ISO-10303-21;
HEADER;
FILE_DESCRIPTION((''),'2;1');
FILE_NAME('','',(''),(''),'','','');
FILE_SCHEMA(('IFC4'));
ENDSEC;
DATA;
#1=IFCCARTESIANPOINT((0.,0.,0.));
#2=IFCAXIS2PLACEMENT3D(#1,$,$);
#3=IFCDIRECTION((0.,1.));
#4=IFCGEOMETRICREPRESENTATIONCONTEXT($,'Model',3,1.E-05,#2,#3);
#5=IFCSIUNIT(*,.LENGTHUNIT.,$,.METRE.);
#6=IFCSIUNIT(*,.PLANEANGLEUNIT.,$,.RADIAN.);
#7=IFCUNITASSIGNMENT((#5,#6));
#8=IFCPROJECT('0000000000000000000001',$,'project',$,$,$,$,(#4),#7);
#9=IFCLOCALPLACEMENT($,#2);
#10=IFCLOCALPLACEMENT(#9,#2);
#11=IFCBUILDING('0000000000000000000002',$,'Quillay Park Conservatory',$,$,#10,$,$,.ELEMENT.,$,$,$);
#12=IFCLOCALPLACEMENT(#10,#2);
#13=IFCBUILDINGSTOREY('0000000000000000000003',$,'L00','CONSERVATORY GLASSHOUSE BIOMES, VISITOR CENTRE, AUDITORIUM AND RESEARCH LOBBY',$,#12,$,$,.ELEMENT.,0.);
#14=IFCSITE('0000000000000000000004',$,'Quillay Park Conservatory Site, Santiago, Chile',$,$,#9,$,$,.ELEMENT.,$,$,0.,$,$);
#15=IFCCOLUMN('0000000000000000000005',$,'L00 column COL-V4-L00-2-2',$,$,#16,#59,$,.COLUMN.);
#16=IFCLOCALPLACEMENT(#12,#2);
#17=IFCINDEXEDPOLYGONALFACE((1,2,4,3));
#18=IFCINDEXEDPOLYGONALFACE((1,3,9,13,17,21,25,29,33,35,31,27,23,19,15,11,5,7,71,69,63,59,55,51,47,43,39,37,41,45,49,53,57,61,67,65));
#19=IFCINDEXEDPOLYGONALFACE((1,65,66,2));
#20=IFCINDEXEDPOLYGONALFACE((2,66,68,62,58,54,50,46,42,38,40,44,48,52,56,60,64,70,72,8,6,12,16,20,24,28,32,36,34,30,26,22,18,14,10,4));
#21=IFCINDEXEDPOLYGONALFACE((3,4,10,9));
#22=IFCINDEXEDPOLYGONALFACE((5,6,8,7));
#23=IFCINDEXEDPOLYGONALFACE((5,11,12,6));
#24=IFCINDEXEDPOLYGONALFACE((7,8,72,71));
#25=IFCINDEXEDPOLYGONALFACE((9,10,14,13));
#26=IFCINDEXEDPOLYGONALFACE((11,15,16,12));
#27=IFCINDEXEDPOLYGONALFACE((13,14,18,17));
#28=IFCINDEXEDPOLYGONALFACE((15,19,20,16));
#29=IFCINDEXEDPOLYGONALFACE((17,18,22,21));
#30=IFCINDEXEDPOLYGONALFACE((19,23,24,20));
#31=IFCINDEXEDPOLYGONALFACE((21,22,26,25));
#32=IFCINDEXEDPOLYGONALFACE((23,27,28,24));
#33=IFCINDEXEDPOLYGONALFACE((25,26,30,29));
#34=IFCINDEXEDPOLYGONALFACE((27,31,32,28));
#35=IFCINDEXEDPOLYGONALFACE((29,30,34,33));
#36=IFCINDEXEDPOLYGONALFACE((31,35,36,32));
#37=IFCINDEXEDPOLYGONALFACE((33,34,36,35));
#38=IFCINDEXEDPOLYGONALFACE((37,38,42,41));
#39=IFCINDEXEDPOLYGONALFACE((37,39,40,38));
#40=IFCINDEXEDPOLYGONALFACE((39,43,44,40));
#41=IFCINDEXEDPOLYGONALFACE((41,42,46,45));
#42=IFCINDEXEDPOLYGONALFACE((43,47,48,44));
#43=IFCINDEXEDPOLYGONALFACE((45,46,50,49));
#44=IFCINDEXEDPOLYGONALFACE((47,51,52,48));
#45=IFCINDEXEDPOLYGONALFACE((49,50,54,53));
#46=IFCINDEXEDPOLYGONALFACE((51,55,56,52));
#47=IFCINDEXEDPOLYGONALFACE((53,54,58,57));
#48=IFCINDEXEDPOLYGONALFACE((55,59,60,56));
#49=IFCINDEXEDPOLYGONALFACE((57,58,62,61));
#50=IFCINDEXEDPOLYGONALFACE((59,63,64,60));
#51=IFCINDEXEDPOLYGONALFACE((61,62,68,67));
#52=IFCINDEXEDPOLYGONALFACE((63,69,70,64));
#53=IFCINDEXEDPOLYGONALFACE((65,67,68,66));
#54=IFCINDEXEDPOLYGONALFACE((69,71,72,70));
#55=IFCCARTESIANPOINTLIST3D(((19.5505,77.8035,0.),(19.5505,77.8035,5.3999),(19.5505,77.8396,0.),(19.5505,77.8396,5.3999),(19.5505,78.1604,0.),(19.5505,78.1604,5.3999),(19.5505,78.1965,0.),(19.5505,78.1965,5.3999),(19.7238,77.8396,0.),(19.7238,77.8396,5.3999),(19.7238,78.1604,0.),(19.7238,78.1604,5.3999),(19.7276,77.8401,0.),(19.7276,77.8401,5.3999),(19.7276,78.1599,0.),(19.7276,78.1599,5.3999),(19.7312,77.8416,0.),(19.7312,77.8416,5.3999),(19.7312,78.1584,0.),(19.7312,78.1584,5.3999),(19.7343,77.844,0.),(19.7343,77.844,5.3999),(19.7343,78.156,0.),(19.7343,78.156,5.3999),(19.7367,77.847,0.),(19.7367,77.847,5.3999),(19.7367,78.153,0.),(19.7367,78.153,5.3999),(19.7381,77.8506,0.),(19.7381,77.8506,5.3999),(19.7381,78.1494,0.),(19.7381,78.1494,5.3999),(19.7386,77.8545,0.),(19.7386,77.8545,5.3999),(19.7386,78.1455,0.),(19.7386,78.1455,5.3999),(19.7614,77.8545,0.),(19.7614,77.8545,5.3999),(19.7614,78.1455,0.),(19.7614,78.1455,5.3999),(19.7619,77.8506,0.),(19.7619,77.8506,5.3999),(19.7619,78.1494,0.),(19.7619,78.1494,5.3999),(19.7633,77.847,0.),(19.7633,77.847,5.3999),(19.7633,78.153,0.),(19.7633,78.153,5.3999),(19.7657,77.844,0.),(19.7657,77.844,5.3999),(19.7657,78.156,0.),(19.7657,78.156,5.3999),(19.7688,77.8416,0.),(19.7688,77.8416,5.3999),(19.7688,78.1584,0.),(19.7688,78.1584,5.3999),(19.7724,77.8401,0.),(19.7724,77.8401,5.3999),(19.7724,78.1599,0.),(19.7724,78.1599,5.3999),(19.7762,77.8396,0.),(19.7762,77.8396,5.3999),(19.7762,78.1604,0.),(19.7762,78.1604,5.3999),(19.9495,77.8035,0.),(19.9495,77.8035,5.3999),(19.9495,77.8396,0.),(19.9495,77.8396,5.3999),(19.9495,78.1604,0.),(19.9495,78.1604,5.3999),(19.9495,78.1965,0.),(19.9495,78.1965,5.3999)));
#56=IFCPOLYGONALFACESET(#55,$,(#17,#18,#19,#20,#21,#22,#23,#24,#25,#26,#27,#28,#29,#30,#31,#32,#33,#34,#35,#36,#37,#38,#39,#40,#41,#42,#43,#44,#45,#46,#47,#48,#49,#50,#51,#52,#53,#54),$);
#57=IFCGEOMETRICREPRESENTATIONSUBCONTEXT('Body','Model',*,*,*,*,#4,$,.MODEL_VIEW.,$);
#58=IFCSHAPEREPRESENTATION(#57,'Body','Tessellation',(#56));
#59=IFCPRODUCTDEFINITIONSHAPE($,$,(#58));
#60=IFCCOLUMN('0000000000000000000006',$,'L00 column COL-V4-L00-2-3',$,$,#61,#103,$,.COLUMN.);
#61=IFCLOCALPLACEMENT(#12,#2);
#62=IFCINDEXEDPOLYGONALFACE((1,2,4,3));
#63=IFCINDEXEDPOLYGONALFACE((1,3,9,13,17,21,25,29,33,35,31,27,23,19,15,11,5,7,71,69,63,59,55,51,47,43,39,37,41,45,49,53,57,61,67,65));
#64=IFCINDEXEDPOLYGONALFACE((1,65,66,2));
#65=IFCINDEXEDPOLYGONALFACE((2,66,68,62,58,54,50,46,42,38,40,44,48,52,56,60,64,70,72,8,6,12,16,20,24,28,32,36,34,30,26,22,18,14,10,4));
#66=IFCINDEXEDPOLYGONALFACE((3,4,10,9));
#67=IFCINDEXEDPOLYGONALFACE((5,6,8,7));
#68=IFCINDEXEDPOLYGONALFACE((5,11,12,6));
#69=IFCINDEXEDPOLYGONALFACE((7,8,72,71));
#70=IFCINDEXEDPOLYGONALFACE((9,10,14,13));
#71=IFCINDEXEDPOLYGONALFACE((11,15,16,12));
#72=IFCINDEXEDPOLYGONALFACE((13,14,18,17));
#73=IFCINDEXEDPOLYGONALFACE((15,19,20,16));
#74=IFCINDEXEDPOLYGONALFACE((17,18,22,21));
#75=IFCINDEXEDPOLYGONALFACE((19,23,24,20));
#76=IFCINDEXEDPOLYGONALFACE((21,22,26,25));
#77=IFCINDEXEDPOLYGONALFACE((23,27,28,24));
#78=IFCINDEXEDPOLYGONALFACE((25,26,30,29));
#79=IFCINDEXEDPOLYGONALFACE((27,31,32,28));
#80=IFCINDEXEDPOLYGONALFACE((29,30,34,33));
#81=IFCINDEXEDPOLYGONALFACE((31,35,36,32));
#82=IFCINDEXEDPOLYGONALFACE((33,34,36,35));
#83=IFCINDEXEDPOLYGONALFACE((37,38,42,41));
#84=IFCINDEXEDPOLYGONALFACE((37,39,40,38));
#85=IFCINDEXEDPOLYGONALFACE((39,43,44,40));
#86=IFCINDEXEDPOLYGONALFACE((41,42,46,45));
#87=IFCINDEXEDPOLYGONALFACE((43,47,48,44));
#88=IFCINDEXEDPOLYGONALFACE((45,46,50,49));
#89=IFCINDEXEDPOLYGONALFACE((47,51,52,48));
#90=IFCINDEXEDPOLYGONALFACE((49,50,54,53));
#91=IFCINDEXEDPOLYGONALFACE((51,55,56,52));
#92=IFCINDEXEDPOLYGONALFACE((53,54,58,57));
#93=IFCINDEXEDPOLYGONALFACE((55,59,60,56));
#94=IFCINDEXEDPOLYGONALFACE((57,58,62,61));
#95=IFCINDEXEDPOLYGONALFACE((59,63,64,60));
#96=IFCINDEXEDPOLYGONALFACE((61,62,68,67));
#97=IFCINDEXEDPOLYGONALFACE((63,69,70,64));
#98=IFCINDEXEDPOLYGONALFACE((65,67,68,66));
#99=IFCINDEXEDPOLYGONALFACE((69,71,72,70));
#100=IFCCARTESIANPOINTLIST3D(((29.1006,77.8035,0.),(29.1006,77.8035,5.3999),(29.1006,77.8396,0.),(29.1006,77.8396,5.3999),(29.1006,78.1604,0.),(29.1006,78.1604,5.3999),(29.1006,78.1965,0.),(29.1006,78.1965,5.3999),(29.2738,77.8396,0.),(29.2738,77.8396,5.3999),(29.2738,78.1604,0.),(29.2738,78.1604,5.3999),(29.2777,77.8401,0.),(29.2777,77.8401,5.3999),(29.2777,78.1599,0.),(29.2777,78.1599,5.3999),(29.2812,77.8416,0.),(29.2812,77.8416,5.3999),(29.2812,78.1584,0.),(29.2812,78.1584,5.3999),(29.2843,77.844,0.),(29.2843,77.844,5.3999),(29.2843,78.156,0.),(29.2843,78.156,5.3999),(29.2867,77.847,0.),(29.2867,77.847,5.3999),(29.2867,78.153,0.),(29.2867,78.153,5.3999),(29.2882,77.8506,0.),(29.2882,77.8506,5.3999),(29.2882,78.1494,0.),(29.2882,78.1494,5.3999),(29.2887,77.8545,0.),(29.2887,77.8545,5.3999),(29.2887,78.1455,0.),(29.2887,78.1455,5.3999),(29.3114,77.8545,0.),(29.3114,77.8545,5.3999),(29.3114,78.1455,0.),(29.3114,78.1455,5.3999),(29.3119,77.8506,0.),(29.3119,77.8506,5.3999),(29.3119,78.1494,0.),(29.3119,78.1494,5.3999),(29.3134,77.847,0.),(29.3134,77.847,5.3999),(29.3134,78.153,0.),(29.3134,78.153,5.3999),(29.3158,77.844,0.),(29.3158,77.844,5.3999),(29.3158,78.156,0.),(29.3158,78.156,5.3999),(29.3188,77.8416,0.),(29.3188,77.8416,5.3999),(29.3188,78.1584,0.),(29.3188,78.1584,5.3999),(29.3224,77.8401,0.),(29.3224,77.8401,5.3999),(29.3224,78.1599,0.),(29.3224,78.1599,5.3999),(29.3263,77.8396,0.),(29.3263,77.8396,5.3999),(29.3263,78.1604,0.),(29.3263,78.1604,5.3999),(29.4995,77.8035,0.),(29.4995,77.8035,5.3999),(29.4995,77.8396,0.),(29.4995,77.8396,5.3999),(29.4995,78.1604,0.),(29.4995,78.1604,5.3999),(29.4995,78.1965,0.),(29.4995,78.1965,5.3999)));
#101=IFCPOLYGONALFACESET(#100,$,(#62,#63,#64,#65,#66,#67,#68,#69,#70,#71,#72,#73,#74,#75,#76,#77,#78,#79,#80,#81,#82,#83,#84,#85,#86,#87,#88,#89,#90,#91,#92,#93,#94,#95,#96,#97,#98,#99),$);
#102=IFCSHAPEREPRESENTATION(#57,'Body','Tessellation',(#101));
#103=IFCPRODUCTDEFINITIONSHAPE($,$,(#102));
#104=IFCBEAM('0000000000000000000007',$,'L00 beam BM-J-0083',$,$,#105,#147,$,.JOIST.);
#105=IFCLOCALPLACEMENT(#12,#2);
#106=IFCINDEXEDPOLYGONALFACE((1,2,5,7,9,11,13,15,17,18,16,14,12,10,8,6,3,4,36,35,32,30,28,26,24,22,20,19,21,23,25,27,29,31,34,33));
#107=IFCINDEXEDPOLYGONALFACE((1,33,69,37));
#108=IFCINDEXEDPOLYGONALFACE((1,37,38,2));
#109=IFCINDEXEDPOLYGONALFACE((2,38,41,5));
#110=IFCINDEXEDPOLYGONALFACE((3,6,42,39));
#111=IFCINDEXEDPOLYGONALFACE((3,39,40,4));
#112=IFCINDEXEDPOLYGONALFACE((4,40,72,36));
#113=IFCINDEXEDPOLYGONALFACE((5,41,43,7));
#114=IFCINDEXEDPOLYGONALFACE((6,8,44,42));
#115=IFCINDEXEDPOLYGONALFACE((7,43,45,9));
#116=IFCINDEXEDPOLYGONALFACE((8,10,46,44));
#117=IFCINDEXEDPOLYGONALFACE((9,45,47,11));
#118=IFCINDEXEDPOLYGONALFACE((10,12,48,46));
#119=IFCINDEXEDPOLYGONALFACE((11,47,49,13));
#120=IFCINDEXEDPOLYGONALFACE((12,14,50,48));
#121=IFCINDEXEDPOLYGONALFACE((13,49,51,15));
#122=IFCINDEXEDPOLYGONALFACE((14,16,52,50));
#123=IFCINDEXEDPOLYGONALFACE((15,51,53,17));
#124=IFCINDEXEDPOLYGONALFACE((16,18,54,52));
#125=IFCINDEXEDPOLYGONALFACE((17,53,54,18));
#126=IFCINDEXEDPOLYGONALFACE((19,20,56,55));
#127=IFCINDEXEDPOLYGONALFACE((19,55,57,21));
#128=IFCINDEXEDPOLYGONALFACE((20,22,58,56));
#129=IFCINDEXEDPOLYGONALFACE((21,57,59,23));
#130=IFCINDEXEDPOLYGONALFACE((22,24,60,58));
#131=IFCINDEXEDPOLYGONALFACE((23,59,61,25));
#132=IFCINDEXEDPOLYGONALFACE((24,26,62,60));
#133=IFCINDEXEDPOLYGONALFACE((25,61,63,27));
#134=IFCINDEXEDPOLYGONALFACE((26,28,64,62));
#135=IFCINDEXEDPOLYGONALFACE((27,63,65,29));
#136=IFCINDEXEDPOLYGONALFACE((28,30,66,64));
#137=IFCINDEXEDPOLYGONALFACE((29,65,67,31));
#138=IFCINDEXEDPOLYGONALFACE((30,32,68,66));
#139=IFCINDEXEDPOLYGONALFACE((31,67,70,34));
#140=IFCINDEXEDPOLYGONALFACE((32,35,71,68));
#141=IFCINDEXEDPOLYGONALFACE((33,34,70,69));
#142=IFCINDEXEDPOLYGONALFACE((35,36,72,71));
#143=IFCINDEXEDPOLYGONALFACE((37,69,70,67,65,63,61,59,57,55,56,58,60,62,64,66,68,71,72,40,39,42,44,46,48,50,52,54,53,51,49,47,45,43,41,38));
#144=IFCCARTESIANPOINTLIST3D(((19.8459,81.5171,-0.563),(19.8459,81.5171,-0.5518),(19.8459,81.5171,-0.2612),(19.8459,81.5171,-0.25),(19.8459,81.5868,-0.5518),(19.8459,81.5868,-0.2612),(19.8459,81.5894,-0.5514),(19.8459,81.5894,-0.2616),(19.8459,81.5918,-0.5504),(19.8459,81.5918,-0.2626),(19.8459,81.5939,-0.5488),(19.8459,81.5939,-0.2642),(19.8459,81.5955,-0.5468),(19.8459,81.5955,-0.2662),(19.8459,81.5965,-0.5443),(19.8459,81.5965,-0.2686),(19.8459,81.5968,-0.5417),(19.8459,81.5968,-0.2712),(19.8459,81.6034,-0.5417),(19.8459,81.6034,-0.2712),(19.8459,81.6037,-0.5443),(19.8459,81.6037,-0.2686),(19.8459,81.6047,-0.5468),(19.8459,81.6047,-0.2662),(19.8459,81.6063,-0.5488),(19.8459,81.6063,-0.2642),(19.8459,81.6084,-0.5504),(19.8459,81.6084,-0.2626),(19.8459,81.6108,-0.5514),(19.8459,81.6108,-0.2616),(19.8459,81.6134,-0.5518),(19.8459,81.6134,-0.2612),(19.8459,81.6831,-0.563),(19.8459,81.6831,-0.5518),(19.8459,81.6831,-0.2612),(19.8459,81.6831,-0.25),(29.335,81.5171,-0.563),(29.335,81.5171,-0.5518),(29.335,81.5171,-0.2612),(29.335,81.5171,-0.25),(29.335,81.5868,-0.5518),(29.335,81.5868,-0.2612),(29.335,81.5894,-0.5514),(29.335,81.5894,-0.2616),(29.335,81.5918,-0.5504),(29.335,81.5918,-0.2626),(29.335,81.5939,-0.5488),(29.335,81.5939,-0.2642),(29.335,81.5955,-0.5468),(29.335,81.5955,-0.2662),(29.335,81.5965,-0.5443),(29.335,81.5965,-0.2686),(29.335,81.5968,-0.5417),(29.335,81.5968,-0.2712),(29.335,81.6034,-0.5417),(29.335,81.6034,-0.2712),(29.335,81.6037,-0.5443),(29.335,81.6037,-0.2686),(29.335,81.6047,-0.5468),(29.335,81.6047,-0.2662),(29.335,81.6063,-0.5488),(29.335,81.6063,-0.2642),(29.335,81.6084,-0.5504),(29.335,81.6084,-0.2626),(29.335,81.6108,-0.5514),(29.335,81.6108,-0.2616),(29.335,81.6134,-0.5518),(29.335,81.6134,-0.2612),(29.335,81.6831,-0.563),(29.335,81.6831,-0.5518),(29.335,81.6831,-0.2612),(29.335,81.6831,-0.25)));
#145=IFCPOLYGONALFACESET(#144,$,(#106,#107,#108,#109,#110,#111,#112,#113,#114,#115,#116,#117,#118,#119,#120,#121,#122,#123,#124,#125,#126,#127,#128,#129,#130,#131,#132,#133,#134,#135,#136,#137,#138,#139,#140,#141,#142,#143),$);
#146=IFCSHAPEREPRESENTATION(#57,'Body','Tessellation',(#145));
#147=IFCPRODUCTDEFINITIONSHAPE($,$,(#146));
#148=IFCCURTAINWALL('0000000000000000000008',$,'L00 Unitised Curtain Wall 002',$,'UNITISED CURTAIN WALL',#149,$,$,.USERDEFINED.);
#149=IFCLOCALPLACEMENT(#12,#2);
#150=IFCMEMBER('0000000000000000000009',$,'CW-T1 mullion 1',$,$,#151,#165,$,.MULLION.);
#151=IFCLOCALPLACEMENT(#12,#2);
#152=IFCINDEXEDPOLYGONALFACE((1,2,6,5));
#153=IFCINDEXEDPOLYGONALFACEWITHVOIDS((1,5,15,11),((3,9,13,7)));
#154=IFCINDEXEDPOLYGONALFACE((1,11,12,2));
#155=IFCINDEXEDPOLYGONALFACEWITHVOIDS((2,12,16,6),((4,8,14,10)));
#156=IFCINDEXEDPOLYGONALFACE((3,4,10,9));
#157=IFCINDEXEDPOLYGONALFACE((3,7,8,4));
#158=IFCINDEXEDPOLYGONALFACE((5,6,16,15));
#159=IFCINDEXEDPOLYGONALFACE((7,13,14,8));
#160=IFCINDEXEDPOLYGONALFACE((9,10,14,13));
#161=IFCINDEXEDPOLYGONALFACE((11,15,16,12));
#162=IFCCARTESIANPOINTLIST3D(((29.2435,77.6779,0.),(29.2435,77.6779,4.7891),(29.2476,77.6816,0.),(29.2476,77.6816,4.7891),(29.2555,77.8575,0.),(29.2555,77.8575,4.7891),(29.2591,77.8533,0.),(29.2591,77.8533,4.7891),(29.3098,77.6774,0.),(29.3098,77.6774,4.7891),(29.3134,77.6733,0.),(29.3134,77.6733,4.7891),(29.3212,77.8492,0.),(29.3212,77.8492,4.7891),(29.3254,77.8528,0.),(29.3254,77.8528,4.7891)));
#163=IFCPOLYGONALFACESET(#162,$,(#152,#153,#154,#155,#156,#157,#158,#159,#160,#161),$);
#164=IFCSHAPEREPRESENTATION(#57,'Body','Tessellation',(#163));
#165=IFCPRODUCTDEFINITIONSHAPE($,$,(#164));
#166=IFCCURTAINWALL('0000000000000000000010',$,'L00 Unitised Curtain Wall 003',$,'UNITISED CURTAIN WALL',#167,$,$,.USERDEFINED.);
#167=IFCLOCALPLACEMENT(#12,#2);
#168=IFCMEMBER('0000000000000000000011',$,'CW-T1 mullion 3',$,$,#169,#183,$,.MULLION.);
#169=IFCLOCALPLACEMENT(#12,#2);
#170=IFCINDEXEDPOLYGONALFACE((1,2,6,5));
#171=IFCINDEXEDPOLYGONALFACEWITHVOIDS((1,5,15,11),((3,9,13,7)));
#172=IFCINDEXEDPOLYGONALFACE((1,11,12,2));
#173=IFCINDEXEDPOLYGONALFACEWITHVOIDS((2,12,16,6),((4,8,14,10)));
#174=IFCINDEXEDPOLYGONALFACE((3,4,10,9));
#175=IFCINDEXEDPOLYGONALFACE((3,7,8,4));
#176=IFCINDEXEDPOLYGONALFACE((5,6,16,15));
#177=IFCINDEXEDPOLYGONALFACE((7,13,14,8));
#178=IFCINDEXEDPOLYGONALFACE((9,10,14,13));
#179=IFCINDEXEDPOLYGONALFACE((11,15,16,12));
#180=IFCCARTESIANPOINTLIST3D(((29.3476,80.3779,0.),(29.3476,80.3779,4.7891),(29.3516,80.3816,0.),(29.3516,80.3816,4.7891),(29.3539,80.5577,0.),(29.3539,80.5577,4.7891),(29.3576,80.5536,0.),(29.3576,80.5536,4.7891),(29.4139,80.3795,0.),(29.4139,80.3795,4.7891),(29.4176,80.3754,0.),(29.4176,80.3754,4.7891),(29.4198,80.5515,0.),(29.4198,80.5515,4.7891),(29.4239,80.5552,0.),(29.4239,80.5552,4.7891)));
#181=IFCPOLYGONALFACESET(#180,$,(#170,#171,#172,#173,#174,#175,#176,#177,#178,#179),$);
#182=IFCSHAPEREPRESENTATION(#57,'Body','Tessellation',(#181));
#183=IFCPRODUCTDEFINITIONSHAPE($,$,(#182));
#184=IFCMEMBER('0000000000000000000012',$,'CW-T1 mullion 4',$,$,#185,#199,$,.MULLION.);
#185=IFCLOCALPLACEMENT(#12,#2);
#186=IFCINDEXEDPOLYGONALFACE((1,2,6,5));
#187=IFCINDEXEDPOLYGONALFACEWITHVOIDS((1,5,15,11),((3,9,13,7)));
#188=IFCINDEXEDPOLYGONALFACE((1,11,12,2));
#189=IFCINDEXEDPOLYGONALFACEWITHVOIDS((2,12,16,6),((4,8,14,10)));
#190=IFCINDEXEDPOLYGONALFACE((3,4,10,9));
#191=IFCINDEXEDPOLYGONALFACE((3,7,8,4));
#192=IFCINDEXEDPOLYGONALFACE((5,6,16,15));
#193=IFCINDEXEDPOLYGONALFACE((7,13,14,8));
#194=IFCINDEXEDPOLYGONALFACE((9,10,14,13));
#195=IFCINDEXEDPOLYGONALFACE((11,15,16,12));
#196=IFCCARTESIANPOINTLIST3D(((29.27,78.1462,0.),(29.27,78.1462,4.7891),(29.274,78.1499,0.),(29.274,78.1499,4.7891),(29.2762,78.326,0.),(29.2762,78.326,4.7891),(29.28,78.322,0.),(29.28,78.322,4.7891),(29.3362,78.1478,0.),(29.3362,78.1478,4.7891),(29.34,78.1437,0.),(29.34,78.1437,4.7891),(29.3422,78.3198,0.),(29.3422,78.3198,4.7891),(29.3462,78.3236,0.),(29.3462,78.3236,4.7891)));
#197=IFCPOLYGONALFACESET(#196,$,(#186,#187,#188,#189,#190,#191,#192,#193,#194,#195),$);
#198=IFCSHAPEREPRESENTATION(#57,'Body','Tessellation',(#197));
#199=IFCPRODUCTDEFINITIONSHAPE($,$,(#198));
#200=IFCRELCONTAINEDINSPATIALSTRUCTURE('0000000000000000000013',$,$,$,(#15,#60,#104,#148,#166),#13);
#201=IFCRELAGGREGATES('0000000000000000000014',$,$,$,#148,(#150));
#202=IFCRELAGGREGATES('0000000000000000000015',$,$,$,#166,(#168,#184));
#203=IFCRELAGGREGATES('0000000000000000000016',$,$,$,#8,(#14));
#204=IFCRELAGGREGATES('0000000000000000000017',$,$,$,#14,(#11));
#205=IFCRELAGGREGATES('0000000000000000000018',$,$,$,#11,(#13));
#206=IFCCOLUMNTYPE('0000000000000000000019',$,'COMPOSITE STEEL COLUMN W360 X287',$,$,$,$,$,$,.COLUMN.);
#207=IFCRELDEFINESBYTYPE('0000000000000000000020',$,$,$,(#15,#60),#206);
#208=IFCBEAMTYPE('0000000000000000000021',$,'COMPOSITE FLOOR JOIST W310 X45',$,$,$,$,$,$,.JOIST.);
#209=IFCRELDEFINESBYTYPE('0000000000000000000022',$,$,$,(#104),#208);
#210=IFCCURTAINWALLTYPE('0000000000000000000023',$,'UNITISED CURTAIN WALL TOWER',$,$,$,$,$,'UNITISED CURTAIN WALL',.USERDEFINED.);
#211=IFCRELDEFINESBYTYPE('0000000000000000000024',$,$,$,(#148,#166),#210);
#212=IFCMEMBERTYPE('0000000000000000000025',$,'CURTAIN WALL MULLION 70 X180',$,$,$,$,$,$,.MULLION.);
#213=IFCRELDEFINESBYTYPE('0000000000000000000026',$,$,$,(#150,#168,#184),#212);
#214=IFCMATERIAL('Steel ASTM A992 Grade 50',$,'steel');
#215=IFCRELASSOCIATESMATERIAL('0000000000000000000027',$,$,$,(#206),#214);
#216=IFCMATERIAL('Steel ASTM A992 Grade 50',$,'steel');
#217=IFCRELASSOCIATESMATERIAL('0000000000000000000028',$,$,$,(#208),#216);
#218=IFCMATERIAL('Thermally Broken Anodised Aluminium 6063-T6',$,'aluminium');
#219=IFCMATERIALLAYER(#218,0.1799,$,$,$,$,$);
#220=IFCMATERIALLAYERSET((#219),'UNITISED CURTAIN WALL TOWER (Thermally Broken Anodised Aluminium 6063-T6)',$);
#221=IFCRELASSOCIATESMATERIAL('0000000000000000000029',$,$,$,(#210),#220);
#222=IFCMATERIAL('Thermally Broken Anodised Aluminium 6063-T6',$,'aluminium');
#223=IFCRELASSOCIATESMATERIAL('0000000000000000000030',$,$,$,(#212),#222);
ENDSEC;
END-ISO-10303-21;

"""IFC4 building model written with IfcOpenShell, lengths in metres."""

from ifc_helpers import new_model, si_unit, direction, frame, origin, origin_2d, place, context, subcontext, project, spatial, hollow_rectangle, i_section, extrude, material, layer, layer_set, material_profile, profile_set, type_object, element, aggregate, save


model = new_model("IFC4")

# Units and contexts
model_context = context("Model", 3, precision=1e-05, world=origin(), true_north=direction((0.0, 1.0)))
body_context = subcontext(model_context, "Body", "Model", "MODEL_VIEW")
ifc_project = project(units=[si_unit("LENGTHUNIT", "METRE"), si_unit("PLANEANGLEUNIT", "RADIAN")], contexts=[model_context])

# Site, building, storey
site_placement = place(None, origin())
site = spatial("IfcSite", under=ifc_project, at=site_placement, Name="Quillay Park Conservatory Site, Santiago, Chile", CompositionType="ELEMENT", RefElevation=0.0)
building_placement = place(site_placement, origin())
building = spatial("IfcBuilding", under=site, at=building_placement, Name="Quillay Park Conservatory", CompositionType="ELEMENT")
storey_placement = place(building_placement, origin())
storey = spatial("IfcBuildingStorey", under=building, at=storey_placement, Name="L00", Description="CONSERVATORY GLASSHOUSE BIOMES, VISITOR CENTRE, AUDITORIUM AND RESEARCH LOBBY", CompositionType="ELEMENT", Elevation=0.0)

# Columns
ifc_material_1 = material(Name="Steel ASTM A992 Grade 50", Category="steel")
ifc_material_profile_1 = material_profile(ifc_material_1, i_section(OverallWidth=0.3989, OverallDepth=0.3931, WebThickness=0.0227, FlangeThickness=0.0361, FilletRadius=0.0149, at=origin_2d()), Name="W360x287")
ifc_profile_set_1 = profile_set([ifc_material_profile_1], Name="Steel ASTM A992 Grade 50")
column_type = type_object("IfcColumnType", Name="COMPOSITE STEEL COLUMN W360 X287", PredefinedType="COLUMN", material=ifc_profile_set_1)
for number, where, z_axis, x_axis, name in (
    (1, (19.75, 78.0, 0.0), (0.0, 0.0, 1.0), (1.0, 0.0, 0.0), "L00 column COL-V4-L00-2-2"),
    (2, (29.3, 78.0, 0.0), (0.0, 0.0, 1.0), (1.0, 0.0, 0.0), "L00 column COL-V4-L00-2-3"),
):
    element("IfcColumn", number, at=place(storey_placement, frame(where, z_axis=z_axis, x_axis=x_axis)), inside=storey, type_object=column_type, Name=name, PredefinedType="COLUMN", context=body_context, shape_type="SweptSolid", body=[
        extrude(i_section(OverallWidth=0.3989, OverallDepth=0.3931, WebThickness=0.0227, FlangeThickness=0.0361, FilletRadius=0.0149, at=origin_2d()), origin(), (0.0, 0.0, 1.0), 5.3999),
    ])

# Beam
ifc_material_2 = material(Name="Steel ASTM A992 Grade 50", Category="steel")
ifc_material_profile_2 = material_profile(ifc_material_2, i_section(OverallWidth=0.166, OverallDepth=0.313, WebThickness=0.0066, FlangeThickness=0.0112, FilletRadius=0.01, at=origin_2d()), Name="W310x45")
ifc_profile_set_2 = profile_set([ifc_material_profile_2], Name="Steel ASTM A992 Grade 50")
beam_type_1 = type_object("IfcBeamType", Name="COMPOSITE FLOOR JOIST W310 X45", PredefinedType="JOIST", material=ifc_profile_set_2)
beam_1_placement = place(storey_placement, frame((19.8459, 81.6001, -0.4065), z_axis=(1.0, 0.0, 0.0), x_axis=(0.0, 1.0, 0.0)))
element("IfcBeam", 3, at=beam_1_placement, inside=storey, type_object=beam_type_1, Name="L00 beam BM-J-0083", PredefinedType="JOIST", context=body_context, shape_type="SweptSolid", body=[
    extrude(i_section(OverallWidth=0.166, OverallDepth=0.313, WebThickness=0.0066, FlangeThickness=0.0112, FilletRadius=0.01, at=origin_2d()), origin(), (0.0, 0.0, 1.0), 9.489),
])

# Curtain wall, member
ifc_material_3 = material(Name="Thermally Broken Anodised Aluminium 6063-T6", Category="aluminium")
ifc_layer_1 = layer(ifc_material_3, 0.1799)
ifc_layer_set_1 = layer_set([ifc_layer_1], Name="UNITISED CURTAIN WALL TOWER (Thermally Broken Anodised Aluminium 6063-T6)")
curtain_wall_type = type_object("IfcCurtainWallType", Name="UNITISED CURTAIN WALL TOWER", ElementType="UNITISED CURTAIN WALL", PredefinedType="USERDEFINED", material=ifc_layer_set_1)
curtain_wall_1_placement = place(storey_placement, origin())
curtain_wall_1 = element("IfcCurtainWall", 4, at=curtain_wall_1_placement, inside=storey, type_object=curtain_wall_type, Name="L00 Unitised Curtain Wall 002", ObjectType="UNITISED CURTAIN WALL", PredefinedType="USERDEFINED")
ifc_material_4 = material(Name="Thermally Broken Anodised Aluminium 6063-T6", Category="aluminium")
ifc_material_profile_3 = material_profile(ifc_material_4, hollow_rectangle(XDim=0.0701, YDim=0.1799, WallThickness=0.0039, at=origin_2d()), Name="AL70x180x4")
ifc_profile_set_3 = profile_set([ifc_material_profile_3], Name="Thermally Broken Anodised Aluminium 6063-T6")
member_type_1 = type_object("IfcMemberType", Name="CURTAIN WALL MULLION 70 X180", PredefinedType="MULLION", material=ifc_profile_set_3)
member_1_placement = place(storey_placement, frame((29.2844, 77.7654, 0.0), z_axis=(0.0, 0.0, 1.0), x_axis=(0.997785, -0.066521, 0.0)))
member_1 = element("IfcMember", 5, at=member_1_placement, type_object=member_type_1, Name="CW-T1 mullion 1", PredefinedType="MULLION", context=body_context, shape_type="SweptSolid", body=[
    extrude(hollow_rectangle(XDim=0.0701, YDim=0.1799, WallThickness=0.0039, at=origin_2d()), origin(), (0.0, 0.0, 1.0), 4.7891),
])
aggregate(curtain_wall_1, [member_1])

# Curtain wall, members
curtain_wall_2_placement = place(storey_placement, origin())
curtain_wall_2 = element("IfcCurtainWall", 6, at=curtain_wall_2_placement, inside=storey, type_object=curtain_wall_type, Name="L00 Unitised Curtain Wall 003", ObjectType="UNITISED CURTAIN WALL", PredefinedType="USERDEFINED")
member_2_placement = place(storey_placement, frame((29.3857, 80.4666, 0.0), z_axis=(0.0, 0.0, 1.0), x_axis=(0.999397, -0.034713, 0.0)))
member_2 = element("IfcMember", 7, at=member_2_placement, type_object=member_type_1, Name="CW-T1 mullion 3", PredefinedType="MULLION", context=body_context, shape_type="SweptSolid", body=[
    extrude(hollow_rectangle(XDim=0.0701, YDim=0.1799, WallThickness=0.0039, at=origin_2d()), origin(), (0.0, 0.0, 1.0), 4.7891),
])
member_3_placement = place(storey_placement, frame((29.3081, 78.2349, 0.0), z_axis=(0.0, 0.0, 1.0), x_axis=(0.999397, -0.034713, 0.0)))
member_3 = element("IfcMember", 8, at=member_3_placement, type_object=member_type_1, Name="CW-T1 mullion 4", PredefinedType="MULLION", context=body_context, shape_type="SweptSolid", body=[
    extrude(hollow_rectangle(XDim=0.0701, YDim=0.1799, WallThickness=0.0039, at=origin_2d()), origin(), (0.0, 0.0, 1.0), 4.7891),
])

aggregate(curtain_wall_2, [member_2, member_3])

save(model, "model.ifc")
